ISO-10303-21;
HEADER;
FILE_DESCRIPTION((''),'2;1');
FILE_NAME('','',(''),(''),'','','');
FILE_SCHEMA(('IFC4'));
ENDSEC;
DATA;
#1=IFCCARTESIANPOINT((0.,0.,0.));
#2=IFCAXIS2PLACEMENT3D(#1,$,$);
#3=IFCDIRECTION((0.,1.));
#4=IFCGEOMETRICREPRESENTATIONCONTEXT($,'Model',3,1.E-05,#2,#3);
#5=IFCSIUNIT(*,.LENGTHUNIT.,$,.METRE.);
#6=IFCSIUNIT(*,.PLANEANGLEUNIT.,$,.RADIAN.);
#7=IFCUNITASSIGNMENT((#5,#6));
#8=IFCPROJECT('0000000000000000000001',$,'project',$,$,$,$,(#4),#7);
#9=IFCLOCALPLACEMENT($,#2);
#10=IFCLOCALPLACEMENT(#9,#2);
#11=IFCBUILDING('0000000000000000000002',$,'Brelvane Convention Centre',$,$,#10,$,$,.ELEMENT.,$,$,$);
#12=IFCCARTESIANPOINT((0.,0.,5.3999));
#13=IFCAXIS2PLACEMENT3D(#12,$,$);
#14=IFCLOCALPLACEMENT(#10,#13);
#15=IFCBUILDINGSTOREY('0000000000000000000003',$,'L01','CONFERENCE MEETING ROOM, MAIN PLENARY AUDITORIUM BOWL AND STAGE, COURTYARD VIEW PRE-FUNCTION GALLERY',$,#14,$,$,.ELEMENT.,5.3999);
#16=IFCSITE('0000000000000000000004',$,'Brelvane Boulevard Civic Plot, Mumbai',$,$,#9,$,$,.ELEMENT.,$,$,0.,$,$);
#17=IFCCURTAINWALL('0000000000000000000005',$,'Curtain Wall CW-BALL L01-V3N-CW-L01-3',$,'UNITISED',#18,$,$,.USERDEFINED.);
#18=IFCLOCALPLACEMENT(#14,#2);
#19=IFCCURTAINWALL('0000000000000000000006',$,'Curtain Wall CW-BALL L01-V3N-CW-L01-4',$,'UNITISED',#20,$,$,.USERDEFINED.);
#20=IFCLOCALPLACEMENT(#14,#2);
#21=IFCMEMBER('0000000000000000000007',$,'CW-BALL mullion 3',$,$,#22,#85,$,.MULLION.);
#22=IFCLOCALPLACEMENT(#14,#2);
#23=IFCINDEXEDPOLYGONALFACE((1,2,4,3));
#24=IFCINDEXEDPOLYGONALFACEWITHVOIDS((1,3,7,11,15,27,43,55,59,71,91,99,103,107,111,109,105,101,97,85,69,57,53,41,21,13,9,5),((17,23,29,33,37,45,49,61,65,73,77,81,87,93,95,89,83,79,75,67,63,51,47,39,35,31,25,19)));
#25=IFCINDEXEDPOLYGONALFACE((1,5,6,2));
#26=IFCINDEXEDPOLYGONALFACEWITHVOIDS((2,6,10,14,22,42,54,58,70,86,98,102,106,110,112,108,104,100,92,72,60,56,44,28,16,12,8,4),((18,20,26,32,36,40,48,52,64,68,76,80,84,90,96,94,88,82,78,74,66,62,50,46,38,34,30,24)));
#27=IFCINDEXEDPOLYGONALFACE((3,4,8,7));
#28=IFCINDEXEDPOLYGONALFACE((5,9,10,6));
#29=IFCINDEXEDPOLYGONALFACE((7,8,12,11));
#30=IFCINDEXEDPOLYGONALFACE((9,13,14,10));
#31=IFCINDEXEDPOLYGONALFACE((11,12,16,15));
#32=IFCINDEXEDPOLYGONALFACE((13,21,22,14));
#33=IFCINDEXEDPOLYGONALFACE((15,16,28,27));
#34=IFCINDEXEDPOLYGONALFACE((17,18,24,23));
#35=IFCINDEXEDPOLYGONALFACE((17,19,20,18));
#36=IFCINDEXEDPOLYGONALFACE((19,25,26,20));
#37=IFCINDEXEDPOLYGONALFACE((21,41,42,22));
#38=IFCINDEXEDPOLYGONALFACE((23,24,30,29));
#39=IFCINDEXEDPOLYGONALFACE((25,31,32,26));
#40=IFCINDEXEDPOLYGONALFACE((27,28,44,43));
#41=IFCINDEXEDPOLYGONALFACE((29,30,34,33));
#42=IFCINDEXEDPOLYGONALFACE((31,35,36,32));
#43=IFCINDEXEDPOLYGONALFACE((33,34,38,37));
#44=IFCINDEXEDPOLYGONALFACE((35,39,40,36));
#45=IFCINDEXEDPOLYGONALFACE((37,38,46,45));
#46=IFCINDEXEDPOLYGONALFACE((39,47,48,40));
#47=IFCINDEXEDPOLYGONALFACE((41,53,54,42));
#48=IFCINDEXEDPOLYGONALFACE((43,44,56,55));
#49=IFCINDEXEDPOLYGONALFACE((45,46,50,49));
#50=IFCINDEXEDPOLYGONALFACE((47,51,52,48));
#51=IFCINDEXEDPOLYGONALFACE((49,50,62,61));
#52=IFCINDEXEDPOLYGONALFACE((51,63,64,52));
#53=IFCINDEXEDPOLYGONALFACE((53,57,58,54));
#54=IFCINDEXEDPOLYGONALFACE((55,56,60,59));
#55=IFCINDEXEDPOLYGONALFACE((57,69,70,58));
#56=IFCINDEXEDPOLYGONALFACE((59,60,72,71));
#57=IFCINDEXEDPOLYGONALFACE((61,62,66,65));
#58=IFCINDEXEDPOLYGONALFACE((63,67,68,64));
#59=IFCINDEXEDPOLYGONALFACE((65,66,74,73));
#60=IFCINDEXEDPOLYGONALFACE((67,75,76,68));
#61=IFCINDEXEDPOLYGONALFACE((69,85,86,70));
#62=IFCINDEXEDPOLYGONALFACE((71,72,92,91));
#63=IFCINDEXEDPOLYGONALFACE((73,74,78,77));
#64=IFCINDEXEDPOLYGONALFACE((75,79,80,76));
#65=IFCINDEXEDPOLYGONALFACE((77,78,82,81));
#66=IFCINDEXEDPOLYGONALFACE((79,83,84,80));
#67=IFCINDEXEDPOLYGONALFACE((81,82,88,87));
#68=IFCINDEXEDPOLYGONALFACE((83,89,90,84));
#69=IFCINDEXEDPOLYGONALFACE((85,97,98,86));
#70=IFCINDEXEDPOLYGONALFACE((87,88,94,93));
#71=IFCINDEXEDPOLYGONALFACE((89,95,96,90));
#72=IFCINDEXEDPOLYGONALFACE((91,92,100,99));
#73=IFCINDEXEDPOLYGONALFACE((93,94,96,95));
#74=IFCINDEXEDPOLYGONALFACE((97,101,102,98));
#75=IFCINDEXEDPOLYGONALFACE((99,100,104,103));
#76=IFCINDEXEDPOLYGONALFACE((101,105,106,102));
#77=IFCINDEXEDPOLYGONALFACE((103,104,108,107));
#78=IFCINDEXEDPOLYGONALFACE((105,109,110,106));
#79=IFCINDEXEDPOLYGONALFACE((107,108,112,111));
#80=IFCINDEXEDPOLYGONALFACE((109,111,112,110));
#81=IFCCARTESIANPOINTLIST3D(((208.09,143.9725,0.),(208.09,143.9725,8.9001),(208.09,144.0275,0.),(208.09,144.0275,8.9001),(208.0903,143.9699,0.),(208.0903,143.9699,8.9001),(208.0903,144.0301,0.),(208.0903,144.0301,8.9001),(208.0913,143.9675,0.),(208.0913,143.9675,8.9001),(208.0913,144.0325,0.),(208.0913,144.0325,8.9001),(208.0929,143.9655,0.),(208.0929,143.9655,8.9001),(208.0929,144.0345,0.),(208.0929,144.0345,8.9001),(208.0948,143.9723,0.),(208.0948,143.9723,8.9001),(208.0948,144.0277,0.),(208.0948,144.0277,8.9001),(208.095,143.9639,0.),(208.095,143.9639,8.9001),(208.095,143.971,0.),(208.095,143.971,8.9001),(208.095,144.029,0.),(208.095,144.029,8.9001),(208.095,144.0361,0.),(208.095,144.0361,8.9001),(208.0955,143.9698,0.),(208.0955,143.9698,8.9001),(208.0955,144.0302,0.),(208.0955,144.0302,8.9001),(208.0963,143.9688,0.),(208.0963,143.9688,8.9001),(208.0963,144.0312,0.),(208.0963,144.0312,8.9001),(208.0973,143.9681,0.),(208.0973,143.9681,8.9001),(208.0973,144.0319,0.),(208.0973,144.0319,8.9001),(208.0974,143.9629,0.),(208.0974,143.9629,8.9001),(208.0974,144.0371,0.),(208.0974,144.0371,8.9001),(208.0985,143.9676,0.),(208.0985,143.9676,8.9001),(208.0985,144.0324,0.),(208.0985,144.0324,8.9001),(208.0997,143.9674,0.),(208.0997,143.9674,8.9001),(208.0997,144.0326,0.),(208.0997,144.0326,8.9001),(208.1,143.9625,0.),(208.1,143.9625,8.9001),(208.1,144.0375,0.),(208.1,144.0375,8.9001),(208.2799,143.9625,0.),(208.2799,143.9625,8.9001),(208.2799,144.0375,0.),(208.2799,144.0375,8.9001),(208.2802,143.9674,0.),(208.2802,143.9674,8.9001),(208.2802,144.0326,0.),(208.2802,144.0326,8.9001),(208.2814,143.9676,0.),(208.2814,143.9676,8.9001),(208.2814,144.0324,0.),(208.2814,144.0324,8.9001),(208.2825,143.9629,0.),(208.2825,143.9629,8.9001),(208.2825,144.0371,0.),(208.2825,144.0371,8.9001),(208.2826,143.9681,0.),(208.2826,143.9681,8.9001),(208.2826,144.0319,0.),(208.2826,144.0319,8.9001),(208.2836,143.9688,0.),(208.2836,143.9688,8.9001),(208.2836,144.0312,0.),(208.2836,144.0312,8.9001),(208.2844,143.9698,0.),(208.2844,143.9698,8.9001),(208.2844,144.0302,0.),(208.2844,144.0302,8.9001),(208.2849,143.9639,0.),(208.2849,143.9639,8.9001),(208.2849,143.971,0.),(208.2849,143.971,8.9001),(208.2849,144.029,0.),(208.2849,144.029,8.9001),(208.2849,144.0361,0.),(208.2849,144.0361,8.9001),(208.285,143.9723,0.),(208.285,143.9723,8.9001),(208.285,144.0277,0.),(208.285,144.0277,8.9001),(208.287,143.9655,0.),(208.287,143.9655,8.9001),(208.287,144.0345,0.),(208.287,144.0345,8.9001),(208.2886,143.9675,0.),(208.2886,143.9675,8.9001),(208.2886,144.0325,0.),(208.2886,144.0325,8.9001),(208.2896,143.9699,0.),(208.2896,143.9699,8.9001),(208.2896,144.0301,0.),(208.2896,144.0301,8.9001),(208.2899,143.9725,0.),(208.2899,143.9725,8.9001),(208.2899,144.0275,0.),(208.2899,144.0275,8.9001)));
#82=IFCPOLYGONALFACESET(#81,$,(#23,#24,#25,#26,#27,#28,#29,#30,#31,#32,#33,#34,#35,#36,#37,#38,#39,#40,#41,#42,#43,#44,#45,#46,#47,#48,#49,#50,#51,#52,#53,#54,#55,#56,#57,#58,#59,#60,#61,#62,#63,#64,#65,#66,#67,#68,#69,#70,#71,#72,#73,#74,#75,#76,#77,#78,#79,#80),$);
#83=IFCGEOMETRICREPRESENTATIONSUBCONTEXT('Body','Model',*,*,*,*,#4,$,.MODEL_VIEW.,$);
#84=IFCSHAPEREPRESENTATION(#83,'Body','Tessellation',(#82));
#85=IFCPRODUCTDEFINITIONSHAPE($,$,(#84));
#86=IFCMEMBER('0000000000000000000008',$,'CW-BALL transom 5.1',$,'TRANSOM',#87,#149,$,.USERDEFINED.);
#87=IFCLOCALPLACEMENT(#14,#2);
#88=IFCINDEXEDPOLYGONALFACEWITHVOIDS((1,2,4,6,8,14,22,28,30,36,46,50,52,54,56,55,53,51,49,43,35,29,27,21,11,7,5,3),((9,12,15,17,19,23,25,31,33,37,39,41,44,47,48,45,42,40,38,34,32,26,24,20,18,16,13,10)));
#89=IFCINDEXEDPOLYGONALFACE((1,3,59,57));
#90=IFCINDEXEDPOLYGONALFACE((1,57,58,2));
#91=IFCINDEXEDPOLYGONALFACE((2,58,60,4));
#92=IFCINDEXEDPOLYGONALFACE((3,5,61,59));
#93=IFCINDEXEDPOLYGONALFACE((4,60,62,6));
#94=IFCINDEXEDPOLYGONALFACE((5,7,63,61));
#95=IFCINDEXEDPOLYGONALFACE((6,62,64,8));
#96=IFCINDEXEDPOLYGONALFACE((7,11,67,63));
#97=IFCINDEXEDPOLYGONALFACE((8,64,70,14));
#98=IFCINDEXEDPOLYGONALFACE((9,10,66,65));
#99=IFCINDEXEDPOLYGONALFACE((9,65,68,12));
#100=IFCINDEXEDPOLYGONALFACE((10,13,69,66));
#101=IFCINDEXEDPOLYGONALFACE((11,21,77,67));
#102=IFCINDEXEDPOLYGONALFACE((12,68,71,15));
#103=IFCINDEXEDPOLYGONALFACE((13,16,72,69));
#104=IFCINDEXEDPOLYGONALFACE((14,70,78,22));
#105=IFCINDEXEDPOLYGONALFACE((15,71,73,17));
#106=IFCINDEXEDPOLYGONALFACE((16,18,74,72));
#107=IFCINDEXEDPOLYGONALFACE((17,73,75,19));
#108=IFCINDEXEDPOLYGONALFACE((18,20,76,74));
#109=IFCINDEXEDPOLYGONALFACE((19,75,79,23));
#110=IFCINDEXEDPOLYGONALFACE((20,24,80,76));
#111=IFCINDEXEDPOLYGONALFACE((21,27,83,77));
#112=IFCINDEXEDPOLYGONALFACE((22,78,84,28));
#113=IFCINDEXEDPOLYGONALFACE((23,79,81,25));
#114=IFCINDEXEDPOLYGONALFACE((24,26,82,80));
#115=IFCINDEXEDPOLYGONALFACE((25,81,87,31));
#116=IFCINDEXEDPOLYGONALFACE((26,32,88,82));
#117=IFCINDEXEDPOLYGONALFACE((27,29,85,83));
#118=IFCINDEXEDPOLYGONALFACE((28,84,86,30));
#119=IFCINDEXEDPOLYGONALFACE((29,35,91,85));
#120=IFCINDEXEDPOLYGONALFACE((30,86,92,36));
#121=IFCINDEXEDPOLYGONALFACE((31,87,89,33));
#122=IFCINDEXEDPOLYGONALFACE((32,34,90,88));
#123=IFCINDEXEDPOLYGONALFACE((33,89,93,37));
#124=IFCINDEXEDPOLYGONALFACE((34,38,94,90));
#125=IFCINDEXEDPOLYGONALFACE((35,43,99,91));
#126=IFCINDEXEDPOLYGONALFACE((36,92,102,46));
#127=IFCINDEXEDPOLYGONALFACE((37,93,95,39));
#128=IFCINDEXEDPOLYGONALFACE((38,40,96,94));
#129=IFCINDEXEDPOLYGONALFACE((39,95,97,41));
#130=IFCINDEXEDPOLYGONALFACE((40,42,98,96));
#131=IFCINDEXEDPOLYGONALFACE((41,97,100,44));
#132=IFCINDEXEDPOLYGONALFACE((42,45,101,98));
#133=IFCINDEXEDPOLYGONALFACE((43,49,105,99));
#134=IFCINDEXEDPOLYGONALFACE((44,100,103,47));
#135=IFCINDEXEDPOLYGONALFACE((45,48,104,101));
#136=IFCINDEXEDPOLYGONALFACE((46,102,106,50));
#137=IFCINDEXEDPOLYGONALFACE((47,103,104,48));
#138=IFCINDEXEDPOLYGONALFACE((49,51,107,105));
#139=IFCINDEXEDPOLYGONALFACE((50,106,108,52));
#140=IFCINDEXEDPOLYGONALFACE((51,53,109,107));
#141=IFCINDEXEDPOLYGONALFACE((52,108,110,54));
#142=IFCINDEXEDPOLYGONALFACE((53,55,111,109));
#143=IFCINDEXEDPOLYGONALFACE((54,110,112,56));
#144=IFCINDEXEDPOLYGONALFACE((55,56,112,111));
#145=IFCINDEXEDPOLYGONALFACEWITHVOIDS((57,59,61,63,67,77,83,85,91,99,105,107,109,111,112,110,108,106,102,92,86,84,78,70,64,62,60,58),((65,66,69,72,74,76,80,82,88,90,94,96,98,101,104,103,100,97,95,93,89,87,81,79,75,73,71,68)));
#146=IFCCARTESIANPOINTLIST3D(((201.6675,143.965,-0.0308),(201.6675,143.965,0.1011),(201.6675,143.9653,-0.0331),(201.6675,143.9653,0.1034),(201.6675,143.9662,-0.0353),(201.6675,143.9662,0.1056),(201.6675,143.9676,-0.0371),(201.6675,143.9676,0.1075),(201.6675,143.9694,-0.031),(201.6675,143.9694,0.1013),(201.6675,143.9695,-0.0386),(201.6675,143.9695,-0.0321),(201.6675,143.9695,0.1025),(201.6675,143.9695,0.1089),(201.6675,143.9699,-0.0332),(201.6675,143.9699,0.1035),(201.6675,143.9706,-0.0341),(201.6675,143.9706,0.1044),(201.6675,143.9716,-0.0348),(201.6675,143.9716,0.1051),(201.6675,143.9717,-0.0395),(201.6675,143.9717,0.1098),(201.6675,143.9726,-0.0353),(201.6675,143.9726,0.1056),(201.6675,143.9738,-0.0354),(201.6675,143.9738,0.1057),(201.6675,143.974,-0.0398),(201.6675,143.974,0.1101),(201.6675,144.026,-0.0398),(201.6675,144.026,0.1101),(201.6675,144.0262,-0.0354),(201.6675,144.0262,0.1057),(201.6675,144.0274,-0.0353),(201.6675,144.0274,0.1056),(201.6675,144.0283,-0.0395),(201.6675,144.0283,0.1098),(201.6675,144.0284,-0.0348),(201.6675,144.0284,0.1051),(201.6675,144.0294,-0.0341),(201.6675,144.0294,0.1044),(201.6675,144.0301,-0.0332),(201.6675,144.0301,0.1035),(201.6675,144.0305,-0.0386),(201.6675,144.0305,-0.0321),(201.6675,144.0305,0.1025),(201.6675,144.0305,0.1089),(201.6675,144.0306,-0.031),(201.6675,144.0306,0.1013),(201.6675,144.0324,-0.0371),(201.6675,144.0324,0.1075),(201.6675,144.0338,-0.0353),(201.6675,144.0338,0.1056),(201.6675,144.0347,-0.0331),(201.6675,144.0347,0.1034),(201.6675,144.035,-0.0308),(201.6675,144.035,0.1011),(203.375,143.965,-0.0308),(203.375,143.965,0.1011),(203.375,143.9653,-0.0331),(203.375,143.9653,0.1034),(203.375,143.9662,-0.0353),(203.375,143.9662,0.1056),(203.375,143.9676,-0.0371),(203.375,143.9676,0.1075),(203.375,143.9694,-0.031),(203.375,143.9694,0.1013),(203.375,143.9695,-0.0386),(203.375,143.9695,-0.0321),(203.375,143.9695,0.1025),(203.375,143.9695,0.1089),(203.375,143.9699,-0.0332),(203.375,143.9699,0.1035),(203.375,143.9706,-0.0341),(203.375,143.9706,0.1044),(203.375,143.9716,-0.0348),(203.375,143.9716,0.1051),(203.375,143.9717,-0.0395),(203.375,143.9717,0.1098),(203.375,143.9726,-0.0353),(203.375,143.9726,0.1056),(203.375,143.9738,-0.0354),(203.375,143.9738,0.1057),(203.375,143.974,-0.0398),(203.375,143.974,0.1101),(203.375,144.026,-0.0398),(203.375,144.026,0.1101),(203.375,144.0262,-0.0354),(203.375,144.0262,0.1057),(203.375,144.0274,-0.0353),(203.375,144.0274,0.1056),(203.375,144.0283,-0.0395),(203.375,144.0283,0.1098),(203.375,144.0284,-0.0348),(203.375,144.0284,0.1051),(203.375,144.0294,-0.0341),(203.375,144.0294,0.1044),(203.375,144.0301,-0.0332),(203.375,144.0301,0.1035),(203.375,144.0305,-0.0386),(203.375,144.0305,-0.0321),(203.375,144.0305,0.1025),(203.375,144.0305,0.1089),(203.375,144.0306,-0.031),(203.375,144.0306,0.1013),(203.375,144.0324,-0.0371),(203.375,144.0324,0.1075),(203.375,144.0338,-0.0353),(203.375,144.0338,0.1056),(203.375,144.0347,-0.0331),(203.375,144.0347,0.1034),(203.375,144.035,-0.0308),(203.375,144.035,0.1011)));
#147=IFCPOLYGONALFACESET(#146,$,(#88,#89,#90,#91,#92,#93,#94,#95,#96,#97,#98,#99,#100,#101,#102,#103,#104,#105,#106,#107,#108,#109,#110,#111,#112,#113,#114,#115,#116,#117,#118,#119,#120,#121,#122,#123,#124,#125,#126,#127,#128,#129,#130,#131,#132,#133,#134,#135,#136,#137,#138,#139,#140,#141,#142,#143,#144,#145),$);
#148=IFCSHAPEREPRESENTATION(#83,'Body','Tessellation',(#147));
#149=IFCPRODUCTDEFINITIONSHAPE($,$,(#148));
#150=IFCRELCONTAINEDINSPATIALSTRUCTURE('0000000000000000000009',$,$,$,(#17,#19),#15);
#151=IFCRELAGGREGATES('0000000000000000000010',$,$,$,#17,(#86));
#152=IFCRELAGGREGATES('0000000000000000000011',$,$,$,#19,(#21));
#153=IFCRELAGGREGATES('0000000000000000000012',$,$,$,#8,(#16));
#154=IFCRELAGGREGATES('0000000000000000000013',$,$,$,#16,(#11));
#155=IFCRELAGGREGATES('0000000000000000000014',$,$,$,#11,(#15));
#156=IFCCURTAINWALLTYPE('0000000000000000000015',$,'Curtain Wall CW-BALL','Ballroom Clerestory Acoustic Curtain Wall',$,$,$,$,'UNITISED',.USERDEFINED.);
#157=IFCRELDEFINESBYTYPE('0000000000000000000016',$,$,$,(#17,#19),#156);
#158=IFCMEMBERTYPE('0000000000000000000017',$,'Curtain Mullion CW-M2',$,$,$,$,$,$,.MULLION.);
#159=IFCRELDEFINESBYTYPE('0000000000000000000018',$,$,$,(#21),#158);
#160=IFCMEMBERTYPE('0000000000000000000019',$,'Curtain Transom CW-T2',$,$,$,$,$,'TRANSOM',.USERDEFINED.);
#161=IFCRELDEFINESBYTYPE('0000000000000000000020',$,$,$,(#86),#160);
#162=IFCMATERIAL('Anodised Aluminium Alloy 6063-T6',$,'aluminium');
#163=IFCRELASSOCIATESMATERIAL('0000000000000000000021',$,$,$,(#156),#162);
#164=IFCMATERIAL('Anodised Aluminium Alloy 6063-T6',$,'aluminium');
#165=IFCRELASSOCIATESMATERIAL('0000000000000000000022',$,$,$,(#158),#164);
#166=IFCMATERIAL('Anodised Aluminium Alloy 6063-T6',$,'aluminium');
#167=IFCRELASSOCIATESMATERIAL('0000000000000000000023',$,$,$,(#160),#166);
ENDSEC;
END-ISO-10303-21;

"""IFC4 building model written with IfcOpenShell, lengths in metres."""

from ifc_helpers import new_model, si_unit, direction, frame, origin, origin_2d, place, context, subcontext, project, spatial, hollow_rectangle, extrude, material, material_profile, profile_set, type_object, element, aggregate, save


model = new_model("IFC4")

# Units and contexts
model_context = context("Model", 3, precision=1e-05, world=origin(), true_north=direction((0.0, 1.0)))
body_context = subcontext(model_context, "Body", "Model", "MODEL_VIEW")
ifc_project = project(units=[si_unit("LENGTHUNIT", "METRE"), si_unit("PLANEANGLEUNIT", "RADIAN")], contexts=[model_context])

# Site, building, storey
site_placement = place(None, origin())
site = spatial("IfcSite", under=ifc_project, at=site_placement, Name="Brelvane Boulevard Civic Plot, Mumbai", CompositionType="ELEMENT", RefElevation=0.0)
building_placement = place(site_placement, origin())
building = spatial("IfcBuilding", under=site, at=building_placement, Name="Brelvane Convention Centre", CompositionType="ELEMENT")
storey_placement = place(building_placement, frame((0.0, 0.0, 5.3999)))
storey = spatial("IfcBuildingStorey", under=building, at=storey_placement, Name="L01", Description="CONFERENCE MEETING ROOM, MAIN PLENARY AUDITORIUM BOWL AND STAGE, COURTYARD VIEW PRE-FUNCTION GALLERY", CompositionType="ELEMENT", Elevation=5.3999)

# Curtain walls, member
ifc_material_1 = material(Name="Anodised Aluminium Alloy 6063-T6", Category="aluminium")
curtain_wall_type = type_object("IfcCurtainWallType", Name="Curtain Wall CW-BALL", Description="Ballroom Clerestory Acoustic Curtain Wall", ElementType="UNITISED", PredefinedType="USERDEFINED", material=ifc_material_1)
curtain_wall_1_placement = place(storey_placement, origin())
curtain_wall_1 = element("IfcCurtainWall", 1, at=curtain_wall_1_placement, inside=storey, type_object=curtain_wall_type, Name="Curtain Wall CW-BALL L01-V3N-CW-L01-3", ObjectType="UNITISED", PredefinedType="USERDEFINED")
ifc_material_2 = material(Name="Anodised Aluminium Alloy 6063-T6", Category="aluminium")
ifc_material_profile_1 = material_profile(ifc_material_2, hollow_rectangle(XDim=0.075, YDim=0.2, WallThickness=0.0049, InnerFilletRadius=0.0049, OuterFilletRadius=0.01, at=origin_2d()), Name="ALU-M 200x75x5.0")
ifc_profile_set_1 = profile_set([ifc_material_profile_1], Name="Anodised Aluminium Alloy 6063-T6")
member_type_1 = type_object("IfcMemberType", Name="Curtain Mullion CW-M2", PredefinedType="MULLION", material=ifc_profile_set_1)
curtain_wall_2_placement = place(storey_placement, origin())
curtain_wall_2 = element("IfcCurtainWall", 2, at=curtain_wall_2_placement, inside=storey, type_object=curtain_wall_type, Name="Curtain Wall CW-BALL L01-V3N-CW-L01-4", ObjectType="UNITISED", PredefinedType="USERDEFINED")
member_1_placement = place(storey_placement, frame((208.1899, 144.0, 0.0), z_axis=(0.0, 0.0, 1.0), x_axis=(0.0, 1.0, 0.0)))
member_1 = element("IfcMember", 3, at=member_1_placement, type_object=member_type_1, Name="CW-BALL mullion 3", PredefinedType="MULLION", context=body_context, shape_type="SweptSolid", body=[
    extrude(hollow_rectangle(XDim=0.075, YDim=0.2, WallThickness=0.0049, InnerFilletRadius=0.0049, OuterFilletRadius=0.01, at=origin_2d()), origin(), (0.0, 0.0, 1.0), 8.9001),
])

# Member
ifc_material_3 = material(Name="Anodised Aluminium Alloy 6063-T6", Category="aluminium")
ifc_material_profile_2 = material_profile(ifc_material_3, hollow_rectangle(XDim=0.0701, YDim=0.1499, WallThickness=0.0044, InnerFilletRadius=0.0044, OuterFilletRadius=0.009, at=origin_2d()), Name="ALU-T 150x70x4.5")
ifc_profile_set_2 = profile_set([ifc_material_profile_2], Name="Anodised Aluminium Alloy 6063-T6")
member_type_2 = type_object("IfcMemberType", Name="Curtain Transom CW-T2", ElementType="TRANSOM", PredefinedType="USERDEFINED", material=ifc_profile_set_2)
member_2_placement = place(storey_placement, frame((201.6675, 144.0, 0.0352), z_axis=(1.0, 0.0, 0.0), x_axis=(0.0, 1.0, 0.0)))
member_2 = element("IfcMember", 4, at=member_2_placement, type_object=member_type_2, Name="CW-BALL transom 5.1", ObjectType="TRANSOM", PredefinedType="USERDEFINED", context=body_context, shape_type="SweptSolid", body=[
    extrude(hollow_rectangle(XDim=0.0701, YDim=0.1499, WallThickness=0.0044, InnerFilletRadius=0.0044, OuterFilletRadius=0.009, at=origin_2d()), origin(), (0.0, 0.0, 1.0), 1.7075),
])

aggregate(curtain_wall_1, [member_2])
aggregate(curtain_wall_2, [member_1])

save(model, "model.ifc")
